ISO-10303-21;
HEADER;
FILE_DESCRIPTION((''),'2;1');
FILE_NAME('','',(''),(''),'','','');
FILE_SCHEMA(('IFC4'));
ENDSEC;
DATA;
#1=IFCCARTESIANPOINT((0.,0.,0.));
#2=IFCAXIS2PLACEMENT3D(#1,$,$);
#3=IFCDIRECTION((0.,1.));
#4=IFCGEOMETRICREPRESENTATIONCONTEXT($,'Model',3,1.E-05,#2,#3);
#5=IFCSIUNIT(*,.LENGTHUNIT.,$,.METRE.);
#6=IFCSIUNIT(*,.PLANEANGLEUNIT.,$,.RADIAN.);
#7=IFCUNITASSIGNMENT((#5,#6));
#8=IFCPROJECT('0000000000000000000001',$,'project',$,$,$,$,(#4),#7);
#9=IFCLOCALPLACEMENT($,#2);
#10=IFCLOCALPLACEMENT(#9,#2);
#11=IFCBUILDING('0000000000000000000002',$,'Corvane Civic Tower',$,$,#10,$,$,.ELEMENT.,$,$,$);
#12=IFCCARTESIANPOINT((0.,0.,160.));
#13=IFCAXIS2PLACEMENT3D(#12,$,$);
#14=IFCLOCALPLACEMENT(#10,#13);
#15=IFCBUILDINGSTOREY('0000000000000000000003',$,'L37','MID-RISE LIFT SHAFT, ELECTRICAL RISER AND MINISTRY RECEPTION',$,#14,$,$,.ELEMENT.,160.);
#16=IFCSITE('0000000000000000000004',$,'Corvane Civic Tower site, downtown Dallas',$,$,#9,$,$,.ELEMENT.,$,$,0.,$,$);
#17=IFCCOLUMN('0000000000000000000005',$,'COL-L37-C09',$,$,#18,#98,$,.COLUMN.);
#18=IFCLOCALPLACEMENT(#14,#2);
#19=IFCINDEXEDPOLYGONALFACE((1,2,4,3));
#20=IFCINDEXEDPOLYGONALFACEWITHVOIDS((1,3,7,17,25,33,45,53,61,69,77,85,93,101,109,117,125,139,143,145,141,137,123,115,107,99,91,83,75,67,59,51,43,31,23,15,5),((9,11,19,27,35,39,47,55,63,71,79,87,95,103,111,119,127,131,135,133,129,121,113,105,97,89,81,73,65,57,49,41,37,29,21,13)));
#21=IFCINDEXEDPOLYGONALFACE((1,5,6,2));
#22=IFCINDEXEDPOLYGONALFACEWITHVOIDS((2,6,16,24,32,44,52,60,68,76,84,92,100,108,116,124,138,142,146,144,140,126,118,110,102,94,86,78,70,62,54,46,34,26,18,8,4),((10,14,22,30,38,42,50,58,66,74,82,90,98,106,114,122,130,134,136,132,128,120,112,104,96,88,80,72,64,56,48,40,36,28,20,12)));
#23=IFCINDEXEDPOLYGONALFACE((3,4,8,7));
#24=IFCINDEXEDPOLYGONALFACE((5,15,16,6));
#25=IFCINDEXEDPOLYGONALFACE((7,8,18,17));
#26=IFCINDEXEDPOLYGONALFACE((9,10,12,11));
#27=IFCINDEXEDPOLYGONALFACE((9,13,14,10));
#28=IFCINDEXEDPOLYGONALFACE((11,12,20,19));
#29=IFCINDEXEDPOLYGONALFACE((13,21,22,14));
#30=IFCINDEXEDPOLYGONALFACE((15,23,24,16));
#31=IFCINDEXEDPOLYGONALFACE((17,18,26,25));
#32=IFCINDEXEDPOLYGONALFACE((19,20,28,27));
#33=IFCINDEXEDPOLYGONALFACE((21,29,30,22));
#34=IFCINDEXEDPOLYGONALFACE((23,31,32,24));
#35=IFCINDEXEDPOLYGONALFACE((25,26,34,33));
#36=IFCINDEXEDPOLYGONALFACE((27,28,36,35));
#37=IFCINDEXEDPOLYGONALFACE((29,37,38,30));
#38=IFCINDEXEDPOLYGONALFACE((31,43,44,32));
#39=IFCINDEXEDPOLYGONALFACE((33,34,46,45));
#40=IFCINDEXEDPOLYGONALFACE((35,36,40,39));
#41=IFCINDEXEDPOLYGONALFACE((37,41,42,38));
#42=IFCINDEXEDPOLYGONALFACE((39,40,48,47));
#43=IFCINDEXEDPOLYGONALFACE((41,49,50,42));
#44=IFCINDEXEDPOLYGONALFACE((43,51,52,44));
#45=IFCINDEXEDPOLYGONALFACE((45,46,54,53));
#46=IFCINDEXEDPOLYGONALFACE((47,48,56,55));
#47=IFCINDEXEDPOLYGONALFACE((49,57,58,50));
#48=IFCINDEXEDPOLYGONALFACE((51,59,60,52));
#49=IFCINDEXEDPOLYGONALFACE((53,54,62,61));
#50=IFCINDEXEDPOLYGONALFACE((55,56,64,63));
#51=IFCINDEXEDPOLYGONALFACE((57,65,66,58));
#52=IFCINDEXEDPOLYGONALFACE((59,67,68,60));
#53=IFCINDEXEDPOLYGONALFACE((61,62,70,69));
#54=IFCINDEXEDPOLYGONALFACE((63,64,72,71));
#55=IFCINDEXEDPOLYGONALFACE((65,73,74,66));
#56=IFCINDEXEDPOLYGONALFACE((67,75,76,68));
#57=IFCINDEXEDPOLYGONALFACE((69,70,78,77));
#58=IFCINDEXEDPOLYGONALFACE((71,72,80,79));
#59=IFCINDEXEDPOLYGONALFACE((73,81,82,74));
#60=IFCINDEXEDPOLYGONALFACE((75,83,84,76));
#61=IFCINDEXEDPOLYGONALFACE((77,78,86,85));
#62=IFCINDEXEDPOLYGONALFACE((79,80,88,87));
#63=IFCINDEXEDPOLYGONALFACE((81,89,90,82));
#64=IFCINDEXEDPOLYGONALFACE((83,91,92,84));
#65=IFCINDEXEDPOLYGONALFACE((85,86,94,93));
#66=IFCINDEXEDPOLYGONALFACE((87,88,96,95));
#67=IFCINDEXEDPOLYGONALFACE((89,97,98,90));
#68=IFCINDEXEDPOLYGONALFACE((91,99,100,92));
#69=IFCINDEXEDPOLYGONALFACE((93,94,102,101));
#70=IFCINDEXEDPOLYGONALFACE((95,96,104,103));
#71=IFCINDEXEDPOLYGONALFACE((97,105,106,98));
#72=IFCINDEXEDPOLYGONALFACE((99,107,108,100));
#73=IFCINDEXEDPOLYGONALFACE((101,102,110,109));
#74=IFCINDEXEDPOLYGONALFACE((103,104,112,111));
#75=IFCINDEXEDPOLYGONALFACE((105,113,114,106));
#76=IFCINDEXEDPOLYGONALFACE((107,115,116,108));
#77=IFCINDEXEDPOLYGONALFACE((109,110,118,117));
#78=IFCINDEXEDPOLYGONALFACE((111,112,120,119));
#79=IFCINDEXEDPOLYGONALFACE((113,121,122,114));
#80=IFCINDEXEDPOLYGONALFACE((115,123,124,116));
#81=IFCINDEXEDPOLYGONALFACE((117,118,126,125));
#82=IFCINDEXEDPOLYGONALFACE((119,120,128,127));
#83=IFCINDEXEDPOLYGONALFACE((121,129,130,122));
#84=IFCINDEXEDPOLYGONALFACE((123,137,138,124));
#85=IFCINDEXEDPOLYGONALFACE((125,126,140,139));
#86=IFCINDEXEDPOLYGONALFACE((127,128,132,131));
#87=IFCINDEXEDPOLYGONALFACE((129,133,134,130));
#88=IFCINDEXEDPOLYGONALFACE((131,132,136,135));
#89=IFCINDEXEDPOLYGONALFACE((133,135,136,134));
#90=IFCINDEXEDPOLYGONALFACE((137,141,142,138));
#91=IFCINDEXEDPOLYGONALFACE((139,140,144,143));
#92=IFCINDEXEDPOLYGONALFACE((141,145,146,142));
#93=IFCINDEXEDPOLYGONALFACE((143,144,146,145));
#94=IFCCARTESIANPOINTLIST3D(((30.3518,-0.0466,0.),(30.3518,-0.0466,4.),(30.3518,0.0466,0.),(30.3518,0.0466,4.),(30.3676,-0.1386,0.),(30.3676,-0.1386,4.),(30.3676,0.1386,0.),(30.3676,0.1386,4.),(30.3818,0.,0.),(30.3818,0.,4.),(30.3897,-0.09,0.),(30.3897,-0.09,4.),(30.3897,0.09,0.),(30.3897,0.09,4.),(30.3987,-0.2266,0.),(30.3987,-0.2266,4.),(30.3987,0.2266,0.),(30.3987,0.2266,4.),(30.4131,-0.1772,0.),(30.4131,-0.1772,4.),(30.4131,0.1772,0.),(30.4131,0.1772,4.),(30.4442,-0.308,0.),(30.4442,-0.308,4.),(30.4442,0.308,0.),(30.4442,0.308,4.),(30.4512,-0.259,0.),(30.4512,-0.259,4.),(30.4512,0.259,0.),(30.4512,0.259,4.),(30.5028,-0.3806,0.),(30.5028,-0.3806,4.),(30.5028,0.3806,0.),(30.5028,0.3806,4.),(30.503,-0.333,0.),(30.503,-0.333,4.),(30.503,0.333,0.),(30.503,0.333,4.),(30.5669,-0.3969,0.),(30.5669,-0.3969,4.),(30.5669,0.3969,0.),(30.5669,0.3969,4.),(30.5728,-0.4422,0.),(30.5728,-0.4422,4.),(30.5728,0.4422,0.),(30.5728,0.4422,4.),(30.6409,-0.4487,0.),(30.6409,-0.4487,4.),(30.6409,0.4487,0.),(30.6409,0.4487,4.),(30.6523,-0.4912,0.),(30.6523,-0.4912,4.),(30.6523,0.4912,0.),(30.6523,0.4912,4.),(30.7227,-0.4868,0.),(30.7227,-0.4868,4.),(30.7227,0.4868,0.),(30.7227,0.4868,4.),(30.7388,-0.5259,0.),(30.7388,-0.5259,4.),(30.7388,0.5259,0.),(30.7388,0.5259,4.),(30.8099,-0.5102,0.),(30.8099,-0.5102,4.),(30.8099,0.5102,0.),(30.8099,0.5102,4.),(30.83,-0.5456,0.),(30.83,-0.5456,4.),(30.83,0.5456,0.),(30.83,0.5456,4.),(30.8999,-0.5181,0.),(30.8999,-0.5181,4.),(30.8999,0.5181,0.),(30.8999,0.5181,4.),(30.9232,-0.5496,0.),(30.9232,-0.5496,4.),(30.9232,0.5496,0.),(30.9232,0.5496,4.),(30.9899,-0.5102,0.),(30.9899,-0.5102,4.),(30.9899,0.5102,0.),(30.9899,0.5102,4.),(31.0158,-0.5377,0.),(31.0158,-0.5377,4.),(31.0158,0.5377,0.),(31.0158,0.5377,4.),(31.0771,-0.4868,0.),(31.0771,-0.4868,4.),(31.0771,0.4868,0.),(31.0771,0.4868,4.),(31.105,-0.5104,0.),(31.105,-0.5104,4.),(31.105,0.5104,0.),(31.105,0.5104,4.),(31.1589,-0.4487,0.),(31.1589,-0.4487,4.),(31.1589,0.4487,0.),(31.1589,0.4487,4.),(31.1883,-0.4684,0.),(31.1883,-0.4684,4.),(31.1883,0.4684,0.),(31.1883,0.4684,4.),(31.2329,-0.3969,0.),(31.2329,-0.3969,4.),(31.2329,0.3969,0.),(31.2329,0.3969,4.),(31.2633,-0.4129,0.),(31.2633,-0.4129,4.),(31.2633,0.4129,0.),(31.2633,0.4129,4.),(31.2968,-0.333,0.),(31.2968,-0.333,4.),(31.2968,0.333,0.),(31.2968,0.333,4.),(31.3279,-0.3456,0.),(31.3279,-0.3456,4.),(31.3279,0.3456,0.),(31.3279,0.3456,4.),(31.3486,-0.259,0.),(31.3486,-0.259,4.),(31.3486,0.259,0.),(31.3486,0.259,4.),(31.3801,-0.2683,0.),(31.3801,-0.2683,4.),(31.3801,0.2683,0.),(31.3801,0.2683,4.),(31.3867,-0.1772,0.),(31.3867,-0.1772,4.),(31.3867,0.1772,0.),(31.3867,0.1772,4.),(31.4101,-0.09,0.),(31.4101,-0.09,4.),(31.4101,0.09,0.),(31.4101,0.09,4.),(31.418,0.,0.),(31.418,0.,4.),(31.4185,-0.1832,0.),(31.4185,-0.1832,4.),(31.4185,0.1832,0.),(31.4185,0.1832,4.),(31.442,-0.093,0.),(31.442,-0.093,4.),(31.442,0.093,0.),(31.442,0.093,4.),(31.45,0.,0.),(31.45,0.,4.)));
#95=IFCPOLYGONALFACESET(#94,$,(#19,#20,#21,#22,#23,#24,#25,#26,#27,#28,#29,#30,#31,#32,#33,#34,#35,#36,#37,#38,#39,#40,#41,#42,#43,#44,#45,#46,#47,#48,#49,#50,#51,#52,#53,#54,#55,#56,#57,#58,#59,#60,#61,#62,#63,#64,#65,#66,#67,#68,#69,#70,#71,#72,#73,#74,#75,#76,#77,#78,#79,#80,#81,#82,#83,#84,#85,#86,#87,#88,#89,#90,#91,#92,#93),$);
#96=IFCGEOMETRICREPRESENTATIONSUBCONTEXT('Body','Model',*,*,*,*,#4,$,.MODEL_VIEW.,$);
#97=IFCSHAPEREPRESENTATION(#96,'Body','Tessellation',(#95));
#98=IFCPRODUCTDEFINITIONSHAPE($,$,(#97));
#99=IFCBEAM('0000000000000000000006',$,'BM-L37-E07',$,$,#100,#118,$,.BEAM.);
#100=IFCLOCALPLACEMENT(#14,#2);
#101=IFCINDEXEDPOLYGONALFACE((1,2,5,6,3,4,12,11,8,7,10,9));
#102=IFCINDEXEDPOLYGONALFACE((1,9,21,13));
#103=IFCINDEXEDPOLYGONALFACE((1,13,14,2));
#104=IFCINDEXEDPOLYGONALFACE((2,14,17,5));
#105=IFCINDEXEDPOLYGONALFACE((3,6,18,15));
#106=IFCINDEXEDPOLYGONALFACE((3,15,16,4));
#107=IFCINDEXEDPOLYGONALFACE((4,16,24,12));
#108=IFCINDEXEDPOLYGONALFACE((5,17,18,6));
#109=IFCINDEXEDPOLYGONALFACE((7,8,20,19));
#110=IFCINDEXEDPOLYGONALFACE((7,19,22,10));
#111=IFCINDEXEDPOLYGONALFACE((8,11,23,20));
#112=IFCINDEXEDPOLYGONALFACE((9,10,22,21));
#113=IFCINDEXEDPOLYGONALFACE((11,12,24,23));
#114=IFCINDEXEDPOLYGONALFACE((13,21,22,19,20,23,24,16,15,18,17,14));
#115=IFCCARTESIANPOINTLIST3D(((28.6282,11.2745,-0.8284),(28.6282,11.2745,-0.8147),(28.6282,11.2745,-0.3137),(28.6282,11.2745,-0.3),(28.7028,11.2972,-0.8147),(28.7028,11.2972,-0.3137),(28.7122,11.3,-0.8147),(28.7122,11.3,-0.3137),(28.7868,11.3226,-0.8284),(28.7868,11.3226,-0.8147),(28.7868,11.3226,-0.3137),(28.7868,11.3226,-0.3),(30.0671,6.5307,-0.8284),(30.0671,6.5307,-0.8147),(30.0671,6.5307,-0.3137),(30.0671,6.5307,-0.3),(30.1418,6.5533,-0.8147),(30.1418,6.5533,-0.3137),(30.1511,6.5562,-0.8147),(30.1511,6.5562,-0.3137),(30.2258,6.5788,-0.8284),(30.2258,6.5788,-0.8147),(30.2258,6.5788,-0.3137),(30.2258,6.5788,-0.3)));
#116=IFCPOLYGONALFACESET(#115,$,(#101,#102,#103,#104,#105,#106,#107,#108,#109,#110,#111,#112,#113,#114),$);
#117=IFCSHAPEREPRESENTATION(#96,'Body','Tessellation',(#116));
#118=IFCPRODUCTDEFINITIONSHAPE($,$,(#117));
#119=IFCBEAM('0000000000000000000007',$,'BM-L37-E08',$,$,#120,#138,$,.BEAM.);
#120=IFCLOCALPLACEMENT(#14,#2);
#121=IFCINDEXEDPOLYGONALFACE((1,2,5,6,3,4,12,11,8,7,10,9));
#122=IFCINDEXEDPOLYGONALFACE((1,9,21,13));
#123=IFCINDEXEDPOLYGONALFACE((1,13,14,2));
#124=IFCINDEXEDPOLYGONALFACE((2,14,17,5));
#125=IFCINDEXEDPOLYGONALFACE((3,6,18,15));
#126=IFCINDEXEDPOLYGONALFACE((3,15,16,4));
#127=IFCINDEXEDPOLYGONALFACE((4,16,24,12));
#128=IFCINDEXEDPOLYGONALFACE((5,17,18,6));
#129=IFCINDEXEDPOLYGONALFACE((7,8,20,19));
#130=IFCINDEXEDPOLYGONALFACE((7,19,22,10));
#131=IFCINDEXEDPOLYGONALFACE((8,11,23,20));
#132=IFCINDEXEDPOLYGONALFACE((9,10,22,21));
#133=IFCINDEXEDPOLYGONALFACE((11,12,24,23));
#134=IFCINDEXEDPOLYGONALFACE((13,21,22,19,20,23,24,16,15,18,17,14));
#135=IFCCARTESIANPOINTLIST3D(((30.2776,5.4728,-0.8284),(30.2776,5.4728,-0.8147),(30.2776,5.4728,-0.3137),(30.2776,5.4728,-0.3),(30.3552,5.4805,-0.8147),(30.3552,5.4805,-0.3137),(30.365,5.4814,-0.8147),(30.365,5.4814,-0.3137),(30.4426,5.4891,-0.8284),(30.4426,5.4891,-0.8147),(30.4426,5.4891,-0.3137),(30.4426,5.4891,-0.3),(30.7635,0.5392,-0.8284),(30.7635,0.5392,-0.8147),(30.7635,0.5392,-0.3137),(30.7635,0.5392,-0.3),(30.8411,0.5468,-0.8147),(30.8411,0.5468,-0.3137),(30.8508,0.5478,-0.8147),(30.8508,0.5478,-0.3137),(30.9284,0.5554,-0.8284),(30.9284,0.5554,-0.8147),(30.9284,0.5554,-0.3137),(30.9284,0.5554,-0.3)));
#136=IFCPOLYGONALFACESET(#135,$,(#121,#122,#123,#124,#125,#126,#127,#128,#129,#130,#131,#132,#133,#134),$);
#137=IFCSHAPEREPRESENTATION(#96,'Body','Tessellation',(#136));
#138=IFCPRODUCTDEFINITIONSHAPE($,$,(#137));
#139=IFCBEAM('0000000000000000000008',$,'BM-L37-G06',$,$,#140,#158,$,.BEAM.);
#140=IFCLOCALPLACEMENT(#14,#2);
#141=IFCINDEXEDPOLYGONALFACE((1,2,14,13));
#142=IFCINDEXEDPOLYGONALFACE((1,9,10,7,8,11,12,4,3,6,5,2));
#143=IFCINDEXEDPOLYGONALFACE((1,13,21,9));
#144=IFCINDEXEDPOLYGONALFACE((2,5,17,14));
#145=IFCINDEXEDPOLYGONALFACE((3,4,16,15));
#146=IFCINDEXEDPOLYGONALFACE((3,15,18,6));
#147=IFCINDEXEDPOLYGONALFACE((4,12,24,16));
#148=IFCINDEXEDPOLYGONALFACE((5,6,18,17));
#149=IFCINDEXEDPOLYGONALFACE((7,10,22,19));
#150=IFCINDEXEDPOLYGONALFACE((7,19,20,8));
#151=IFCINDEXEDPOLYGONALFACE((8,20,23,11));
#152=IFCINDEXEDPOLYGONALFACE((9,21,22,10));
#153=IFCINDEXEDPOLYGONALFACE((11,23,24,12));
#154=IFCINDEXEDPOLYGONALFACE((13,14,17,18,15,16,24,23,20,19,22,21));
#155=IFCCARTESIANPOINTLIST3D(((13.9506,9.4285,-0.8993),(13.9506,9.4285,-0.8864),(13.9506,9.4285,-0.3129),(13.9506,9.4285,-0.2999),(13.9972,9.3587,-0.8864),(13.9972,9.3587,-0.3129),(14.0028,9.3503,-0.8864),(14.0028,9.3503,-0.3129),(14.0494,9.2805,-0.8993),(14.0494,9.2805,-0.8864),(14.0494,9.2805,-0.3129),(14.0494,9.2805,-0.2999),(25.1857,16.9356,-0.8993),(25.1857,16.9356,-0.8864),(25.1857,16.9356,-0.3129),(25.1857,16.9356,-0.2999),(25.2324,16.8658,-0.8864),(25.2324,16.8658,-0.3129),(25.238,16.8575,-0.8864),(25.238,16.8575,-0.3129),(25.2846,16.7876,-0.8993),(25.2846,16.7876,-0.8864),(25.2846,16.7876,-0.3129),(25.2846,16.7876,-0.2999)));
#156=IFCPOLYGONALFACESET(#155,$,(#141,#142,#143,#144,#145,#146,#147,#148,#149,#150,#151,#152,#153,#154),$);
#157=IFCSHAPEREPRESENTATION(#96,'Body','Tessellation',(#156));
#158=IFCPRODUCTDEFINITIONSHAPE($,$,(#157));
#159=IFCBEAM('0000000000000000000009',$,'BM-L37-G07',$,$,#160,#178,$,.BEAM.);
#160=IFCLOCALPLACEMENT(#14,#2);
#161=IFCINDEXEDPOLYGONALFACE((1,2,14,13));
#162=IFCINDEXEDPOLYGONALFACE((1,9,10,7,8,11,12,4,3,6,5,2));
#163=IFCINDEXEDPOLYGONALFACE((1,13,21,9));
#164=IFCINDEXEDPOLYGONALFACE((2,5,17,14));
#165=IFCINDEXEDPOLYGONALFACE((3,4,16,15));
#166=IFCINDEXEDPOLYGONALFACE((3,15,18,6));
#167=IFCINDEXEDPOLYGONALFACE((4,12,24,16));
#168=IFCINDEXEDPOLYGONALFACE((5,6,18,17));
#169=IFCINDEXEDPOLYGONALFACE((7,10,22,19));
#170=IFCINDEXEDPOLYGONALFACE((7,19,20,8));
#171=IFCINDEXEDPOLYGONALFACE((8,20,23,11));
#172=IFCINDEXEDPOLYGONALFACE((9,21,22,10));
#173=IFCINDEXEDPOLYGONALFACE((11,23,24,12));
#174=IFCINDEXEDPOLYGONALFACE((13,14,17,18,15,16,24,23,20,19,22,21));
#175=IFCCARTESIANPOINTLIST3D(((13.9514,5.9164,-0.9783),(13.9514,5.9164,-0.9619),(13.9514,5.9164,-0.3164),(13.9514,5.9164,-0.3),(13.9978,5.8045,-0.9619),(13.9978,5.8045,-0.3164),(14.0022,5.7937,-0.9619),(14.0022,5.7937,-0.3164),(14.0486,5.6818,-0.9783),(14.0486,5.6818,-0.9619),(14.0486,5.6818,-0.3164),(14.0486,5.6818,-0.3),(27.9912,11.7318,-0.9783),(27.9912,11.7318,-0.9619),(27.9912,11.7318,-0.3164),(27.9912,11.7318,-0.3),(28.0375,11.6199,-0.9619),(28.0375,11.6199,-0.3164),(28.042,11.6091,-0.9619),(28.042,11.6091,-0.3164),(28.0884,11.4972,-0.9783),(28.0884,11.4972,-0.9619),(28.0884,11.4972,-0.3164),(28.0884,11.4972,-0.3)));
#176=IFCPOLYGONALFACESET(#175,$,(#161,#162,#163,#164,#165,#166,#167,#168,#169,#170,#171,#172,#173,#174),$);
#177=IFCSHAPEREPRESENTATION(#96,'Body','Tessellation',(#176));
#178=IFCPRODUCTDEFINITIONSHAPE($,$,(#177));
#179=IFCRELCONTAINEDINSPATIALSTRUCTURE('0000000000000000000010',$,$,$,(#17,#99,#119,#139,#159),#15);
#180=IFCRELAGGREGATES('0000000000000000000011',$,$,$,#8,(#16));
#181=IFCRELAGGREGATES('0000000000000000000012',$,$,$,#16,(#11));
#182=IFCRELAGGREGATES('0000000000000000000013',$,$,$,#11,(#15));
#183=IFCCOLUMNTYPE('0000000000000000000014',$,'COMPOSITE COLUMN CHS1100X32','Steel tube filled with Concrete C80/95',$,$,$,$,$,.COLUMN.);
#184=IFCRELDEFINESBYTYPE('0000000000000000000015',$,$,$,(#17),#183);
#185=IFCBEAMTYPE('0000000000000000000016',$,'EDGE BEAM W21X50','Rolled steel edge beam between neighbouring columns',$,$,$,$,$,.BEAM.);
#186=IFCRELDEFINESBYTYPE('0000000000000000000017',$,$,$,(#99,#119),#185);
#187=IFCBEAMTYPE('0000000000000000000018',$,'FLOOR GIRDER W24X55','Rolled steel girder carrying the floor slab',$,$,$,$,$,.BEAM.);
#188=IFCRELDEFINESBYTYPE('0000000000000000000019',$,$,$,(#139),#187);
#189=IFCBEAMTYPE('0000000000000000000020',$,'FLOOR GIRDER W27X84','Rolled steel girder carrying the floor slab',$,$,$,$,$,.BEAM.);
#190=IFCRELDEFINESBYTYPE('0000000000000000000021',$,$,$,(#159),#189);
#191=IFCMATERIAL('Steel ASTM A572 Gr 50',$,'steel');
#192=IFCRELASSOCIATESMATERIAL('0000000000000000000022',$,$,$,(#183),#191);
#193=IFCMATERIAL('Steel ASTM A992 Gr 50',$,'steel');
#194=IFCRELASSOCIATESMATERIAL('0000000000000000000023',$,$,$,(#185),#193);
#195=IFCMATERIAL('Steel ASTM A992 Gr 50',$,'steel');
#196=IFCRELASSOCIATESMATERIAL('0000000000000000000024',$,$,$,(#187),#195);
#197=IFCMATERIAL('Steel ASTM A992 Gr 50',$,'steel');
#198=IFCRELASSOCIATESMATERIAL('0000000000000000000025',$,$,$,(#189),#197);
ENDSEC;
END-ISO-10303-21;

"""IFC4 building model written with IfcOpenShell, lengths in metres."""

from ifc_helpers import new_model, si_unit, direction, frame, origin, origin_2d, place, context, subcontext, project, spatial, hollow_circle, i_section, extrude, material, material_profile, profile_set, type_object, element, save


model = new_model("IFC4")

# Units and contexts
model_context = context("Model", 3, precision=1e-05, world=origin(), true_north=direction((0.0, 1.0)))
body_context = subcontext(model_context, "Body", "Model", "MODEL_VIEW")
ifc_project = project(units=[si_unit("LENGTHUNIT", "METRE"), si_unit("PLANEANGLEUNIT", "RADIAN")], contexts=[model_context])

# Site, building, storey
site_placement = place(None, origin())
site = spatial("IfcSite", under=ifc_project, at=site_placement, Name="Corvane Civic Tower site, downtown Dallas", CompositionType="ELEMENT", RefElevation=0.0)
building_placement = place(site_placement, origin())
building = spatial("IfcBuilding", under=site, at=building_placement, Name="Corvane Civic Tower", CompositionType="ELEMENT")
storey_placement = place(building_placement, frame((0.0, 0.0, 160.0)))
storey = spatial("IfcBuildingStorey", under=building, at=storey_placement, Name="L37", Description="MID-RISE LIFT SHAFT, ELECTRICAL RISER AND MINISTRY RECEPTION", CompositionType="ELEMENT", Elevation=160.0)

# Column
ifc_material_1 = material(Name="Steel ASTM A572 Gr 50", Category="steel")
ifc_material_profile_1 = material_profile(ifc_material_1, hollow_circle(Radius=0.55, WallThickness=0.032, at=origin_2d()), Name="CHS1100X32")
ifc_profile_set_1 = profile_set([ifc_material_profile_1], Name="Steel ASTM A572 Gr 50")
column_type = type_object("IfcColumnType", Name="COMPOSITE COLUMN CHS1100X32", Description="Steel tube filled with Concrete C80/95", PredefinedType="COLUMN", material=ifc_profile_set_1)
for number, where, z_axis, x_axis, name in (
    (1, (30.8999, 0.0, 0.0), (0.0, 0.0, 1.0), (1.0, 0.0, 0.0), "COL-L37-C09"),
):
    element("IfcColumn", number, at=place(storey_placement, frame(where, z_axis=z_axis, x_axis=x_axis)), inside=storey, type_object=column_type, Name=name, PredefinedType="COLUMN", context=body_context, shape_type="SweptSolid", body=[
        extrude(hollow_circle(Radius=0.55, WallThickness=0.032, at=origin_2d()), origin(), (0.0, 0.0, 1.0), 4.0),
    ])

# Beams
ifc_material_2 = material(Name="Steel ASTM A992 Gr 50", Category="steel")
ifc_material_profile_2 = material_profile(ifc_material_2, i_section(OverallWidth=0.1658, OverallDepth=0.5283, WebThickness=0.0098, FlangeThickness=0.0137, at=origin_2d()), Name="W21X50")
ifc_profile_set_2 = profile_set([ifc_material_profile_2], Name="Steel ASTM A992 Gr 50")
beam_type_1 = type_object("IfcBeamType", Name="EDGE BEAM W21X50", Description="Rolled steel edge beam between neighbouring columns", PredefinedType="BEAM", material=ifc_profile_set_2)
beam_1_placement = place(storey_placement, frame((28.7075, 11.2986, -0.5642), z_axis=(0.29027, -0.956945, 0.0), x_axis=(0.956945, 0.29027, 0.0)))
element("IfcBeam", 2, at=beam_1_placement, inside=storey, type_object=beam_type_1, Name="BM-L37-E07", PredefinedType="BEAM", context=body_context, shape_type="SweptSolid", body=[
    extrude(i_section(OverallWidth=0.1658, OverallDepth=0.5283, WebThickness=0.0098, FlangeThickness=0.0137, at=origin_2d()), origin(), (0.0, 0.0, 1.0), 4.9573),
])
beam_2_placement = place(storey_placement, frame((30.3601, 5.481, -0.5642), z_axis=(0.098002, -0.995186, 0.0), x_axis=(0.995186, 0.098002, 0.0)))
element("IfcBeam", 3, at=beam_2_placement, inside=storey, type_object=beam_type_1, Name="BM-L37-E08", PredefinedType="BEAM", context=body_context, shape_type="SweptSolid", body=[
    extrude(i_section(OverallWidth=0.1658, OverallDepth=0.5283, WebThickness=0.0098, FlangeThickness=0.0137, at=origin_2d()), origin(), (0.0, 0.0, 1.0), 4.9575),
])
ifc_material_3 = material(Name="Steel ASTM A992 Gr 50", Category="steel")
ifc_material_profile_3 = material_profile(ifc_material_3, i_section(OverallWidth=0.178, OverallDepth=0.5994, WebThickness=0.01, FlangeThickness=0.0129, at=origin_2d()), Name="W24X55")
ifc_profile_set_3 = profile_set([ifc_material_profile_3], Name="Steel ASTM A992 Gr 50")
beam_type_2 = type_object("IfcBeamType", Name="FLOOR GIRDER W24X55", Description="Rolled steel girder carrying the floor slab", PredefinedType="BEAM", material=ifc_profile_set_3)
beam_3_placement = place(storey_placement, frame((14.0, 9.3545, -0.5996), z_axis=(0.831469, 0.555571, 0.0), x_axis=(-0.555571, 0.831469, 0.0)))
element("IfcBeam", 4, at=beam_3_placement, inside=storey, type_object=beam_type_2, Name="BM-L37-G06", PredefinedType="BEAM", context=body_context, shape_type="SweptSolid", body=[
    extrude(i_section(OverallWidth=0.178, OverallDepth=0.5994, WebThickness=0.01, FlangeThickness=0.0129, at=origin_2d()), origin(), (0.0, 0.0, 1.0), 13.5125),
])
ifc_material_4 = material(Name="Steel ASTM A992 Gr 50", Category="steel")
ifc_material_profile_4 = material_profile(ifc_material_4, i_section(OverallWidth=0.2539, OverallDepth=0.6782, WebThickness=0.0117, FlangeThickness=0.0164, at=origin_2d()), Name="W27X84")
ifc_profile_set_4 = profile_set([ifc_material_profile_4], Name="Steel ASTM A992 Gr 50")
beam_type_3 = type_object("IfcBeamType", Name="FLOOR GIRDER W27X84", Description="Rolled steel girder carrying the floor slab", PredefinedType="BEAM", material=ifc_profile_set_4)
beam_4_placement = place(storey_placement, frame((14.0, 5.7991, -0.6392), z_axis=(0.923881, 0.382681, 0.0), x_axis=(-0.382681, 0.923881, 0.0)))
element("IfcBeam", 5, at=beam_4_placement, inside=storey, type_object=beam_type_3, Name="BM-L37-G07", PredefinedType="BEAM", context=body_context, shape_type="SweptSolid", body=[
    extrude(i_section(OverallWidth=0.2539, OverallDepth=0.6782, WebThickness=0.0117, FlangeThickness=0.0164, at=origin_2d()), origin(), (0.0, 0.0, 1.0), 15.1965),
])

save(model, "model.ifc")
